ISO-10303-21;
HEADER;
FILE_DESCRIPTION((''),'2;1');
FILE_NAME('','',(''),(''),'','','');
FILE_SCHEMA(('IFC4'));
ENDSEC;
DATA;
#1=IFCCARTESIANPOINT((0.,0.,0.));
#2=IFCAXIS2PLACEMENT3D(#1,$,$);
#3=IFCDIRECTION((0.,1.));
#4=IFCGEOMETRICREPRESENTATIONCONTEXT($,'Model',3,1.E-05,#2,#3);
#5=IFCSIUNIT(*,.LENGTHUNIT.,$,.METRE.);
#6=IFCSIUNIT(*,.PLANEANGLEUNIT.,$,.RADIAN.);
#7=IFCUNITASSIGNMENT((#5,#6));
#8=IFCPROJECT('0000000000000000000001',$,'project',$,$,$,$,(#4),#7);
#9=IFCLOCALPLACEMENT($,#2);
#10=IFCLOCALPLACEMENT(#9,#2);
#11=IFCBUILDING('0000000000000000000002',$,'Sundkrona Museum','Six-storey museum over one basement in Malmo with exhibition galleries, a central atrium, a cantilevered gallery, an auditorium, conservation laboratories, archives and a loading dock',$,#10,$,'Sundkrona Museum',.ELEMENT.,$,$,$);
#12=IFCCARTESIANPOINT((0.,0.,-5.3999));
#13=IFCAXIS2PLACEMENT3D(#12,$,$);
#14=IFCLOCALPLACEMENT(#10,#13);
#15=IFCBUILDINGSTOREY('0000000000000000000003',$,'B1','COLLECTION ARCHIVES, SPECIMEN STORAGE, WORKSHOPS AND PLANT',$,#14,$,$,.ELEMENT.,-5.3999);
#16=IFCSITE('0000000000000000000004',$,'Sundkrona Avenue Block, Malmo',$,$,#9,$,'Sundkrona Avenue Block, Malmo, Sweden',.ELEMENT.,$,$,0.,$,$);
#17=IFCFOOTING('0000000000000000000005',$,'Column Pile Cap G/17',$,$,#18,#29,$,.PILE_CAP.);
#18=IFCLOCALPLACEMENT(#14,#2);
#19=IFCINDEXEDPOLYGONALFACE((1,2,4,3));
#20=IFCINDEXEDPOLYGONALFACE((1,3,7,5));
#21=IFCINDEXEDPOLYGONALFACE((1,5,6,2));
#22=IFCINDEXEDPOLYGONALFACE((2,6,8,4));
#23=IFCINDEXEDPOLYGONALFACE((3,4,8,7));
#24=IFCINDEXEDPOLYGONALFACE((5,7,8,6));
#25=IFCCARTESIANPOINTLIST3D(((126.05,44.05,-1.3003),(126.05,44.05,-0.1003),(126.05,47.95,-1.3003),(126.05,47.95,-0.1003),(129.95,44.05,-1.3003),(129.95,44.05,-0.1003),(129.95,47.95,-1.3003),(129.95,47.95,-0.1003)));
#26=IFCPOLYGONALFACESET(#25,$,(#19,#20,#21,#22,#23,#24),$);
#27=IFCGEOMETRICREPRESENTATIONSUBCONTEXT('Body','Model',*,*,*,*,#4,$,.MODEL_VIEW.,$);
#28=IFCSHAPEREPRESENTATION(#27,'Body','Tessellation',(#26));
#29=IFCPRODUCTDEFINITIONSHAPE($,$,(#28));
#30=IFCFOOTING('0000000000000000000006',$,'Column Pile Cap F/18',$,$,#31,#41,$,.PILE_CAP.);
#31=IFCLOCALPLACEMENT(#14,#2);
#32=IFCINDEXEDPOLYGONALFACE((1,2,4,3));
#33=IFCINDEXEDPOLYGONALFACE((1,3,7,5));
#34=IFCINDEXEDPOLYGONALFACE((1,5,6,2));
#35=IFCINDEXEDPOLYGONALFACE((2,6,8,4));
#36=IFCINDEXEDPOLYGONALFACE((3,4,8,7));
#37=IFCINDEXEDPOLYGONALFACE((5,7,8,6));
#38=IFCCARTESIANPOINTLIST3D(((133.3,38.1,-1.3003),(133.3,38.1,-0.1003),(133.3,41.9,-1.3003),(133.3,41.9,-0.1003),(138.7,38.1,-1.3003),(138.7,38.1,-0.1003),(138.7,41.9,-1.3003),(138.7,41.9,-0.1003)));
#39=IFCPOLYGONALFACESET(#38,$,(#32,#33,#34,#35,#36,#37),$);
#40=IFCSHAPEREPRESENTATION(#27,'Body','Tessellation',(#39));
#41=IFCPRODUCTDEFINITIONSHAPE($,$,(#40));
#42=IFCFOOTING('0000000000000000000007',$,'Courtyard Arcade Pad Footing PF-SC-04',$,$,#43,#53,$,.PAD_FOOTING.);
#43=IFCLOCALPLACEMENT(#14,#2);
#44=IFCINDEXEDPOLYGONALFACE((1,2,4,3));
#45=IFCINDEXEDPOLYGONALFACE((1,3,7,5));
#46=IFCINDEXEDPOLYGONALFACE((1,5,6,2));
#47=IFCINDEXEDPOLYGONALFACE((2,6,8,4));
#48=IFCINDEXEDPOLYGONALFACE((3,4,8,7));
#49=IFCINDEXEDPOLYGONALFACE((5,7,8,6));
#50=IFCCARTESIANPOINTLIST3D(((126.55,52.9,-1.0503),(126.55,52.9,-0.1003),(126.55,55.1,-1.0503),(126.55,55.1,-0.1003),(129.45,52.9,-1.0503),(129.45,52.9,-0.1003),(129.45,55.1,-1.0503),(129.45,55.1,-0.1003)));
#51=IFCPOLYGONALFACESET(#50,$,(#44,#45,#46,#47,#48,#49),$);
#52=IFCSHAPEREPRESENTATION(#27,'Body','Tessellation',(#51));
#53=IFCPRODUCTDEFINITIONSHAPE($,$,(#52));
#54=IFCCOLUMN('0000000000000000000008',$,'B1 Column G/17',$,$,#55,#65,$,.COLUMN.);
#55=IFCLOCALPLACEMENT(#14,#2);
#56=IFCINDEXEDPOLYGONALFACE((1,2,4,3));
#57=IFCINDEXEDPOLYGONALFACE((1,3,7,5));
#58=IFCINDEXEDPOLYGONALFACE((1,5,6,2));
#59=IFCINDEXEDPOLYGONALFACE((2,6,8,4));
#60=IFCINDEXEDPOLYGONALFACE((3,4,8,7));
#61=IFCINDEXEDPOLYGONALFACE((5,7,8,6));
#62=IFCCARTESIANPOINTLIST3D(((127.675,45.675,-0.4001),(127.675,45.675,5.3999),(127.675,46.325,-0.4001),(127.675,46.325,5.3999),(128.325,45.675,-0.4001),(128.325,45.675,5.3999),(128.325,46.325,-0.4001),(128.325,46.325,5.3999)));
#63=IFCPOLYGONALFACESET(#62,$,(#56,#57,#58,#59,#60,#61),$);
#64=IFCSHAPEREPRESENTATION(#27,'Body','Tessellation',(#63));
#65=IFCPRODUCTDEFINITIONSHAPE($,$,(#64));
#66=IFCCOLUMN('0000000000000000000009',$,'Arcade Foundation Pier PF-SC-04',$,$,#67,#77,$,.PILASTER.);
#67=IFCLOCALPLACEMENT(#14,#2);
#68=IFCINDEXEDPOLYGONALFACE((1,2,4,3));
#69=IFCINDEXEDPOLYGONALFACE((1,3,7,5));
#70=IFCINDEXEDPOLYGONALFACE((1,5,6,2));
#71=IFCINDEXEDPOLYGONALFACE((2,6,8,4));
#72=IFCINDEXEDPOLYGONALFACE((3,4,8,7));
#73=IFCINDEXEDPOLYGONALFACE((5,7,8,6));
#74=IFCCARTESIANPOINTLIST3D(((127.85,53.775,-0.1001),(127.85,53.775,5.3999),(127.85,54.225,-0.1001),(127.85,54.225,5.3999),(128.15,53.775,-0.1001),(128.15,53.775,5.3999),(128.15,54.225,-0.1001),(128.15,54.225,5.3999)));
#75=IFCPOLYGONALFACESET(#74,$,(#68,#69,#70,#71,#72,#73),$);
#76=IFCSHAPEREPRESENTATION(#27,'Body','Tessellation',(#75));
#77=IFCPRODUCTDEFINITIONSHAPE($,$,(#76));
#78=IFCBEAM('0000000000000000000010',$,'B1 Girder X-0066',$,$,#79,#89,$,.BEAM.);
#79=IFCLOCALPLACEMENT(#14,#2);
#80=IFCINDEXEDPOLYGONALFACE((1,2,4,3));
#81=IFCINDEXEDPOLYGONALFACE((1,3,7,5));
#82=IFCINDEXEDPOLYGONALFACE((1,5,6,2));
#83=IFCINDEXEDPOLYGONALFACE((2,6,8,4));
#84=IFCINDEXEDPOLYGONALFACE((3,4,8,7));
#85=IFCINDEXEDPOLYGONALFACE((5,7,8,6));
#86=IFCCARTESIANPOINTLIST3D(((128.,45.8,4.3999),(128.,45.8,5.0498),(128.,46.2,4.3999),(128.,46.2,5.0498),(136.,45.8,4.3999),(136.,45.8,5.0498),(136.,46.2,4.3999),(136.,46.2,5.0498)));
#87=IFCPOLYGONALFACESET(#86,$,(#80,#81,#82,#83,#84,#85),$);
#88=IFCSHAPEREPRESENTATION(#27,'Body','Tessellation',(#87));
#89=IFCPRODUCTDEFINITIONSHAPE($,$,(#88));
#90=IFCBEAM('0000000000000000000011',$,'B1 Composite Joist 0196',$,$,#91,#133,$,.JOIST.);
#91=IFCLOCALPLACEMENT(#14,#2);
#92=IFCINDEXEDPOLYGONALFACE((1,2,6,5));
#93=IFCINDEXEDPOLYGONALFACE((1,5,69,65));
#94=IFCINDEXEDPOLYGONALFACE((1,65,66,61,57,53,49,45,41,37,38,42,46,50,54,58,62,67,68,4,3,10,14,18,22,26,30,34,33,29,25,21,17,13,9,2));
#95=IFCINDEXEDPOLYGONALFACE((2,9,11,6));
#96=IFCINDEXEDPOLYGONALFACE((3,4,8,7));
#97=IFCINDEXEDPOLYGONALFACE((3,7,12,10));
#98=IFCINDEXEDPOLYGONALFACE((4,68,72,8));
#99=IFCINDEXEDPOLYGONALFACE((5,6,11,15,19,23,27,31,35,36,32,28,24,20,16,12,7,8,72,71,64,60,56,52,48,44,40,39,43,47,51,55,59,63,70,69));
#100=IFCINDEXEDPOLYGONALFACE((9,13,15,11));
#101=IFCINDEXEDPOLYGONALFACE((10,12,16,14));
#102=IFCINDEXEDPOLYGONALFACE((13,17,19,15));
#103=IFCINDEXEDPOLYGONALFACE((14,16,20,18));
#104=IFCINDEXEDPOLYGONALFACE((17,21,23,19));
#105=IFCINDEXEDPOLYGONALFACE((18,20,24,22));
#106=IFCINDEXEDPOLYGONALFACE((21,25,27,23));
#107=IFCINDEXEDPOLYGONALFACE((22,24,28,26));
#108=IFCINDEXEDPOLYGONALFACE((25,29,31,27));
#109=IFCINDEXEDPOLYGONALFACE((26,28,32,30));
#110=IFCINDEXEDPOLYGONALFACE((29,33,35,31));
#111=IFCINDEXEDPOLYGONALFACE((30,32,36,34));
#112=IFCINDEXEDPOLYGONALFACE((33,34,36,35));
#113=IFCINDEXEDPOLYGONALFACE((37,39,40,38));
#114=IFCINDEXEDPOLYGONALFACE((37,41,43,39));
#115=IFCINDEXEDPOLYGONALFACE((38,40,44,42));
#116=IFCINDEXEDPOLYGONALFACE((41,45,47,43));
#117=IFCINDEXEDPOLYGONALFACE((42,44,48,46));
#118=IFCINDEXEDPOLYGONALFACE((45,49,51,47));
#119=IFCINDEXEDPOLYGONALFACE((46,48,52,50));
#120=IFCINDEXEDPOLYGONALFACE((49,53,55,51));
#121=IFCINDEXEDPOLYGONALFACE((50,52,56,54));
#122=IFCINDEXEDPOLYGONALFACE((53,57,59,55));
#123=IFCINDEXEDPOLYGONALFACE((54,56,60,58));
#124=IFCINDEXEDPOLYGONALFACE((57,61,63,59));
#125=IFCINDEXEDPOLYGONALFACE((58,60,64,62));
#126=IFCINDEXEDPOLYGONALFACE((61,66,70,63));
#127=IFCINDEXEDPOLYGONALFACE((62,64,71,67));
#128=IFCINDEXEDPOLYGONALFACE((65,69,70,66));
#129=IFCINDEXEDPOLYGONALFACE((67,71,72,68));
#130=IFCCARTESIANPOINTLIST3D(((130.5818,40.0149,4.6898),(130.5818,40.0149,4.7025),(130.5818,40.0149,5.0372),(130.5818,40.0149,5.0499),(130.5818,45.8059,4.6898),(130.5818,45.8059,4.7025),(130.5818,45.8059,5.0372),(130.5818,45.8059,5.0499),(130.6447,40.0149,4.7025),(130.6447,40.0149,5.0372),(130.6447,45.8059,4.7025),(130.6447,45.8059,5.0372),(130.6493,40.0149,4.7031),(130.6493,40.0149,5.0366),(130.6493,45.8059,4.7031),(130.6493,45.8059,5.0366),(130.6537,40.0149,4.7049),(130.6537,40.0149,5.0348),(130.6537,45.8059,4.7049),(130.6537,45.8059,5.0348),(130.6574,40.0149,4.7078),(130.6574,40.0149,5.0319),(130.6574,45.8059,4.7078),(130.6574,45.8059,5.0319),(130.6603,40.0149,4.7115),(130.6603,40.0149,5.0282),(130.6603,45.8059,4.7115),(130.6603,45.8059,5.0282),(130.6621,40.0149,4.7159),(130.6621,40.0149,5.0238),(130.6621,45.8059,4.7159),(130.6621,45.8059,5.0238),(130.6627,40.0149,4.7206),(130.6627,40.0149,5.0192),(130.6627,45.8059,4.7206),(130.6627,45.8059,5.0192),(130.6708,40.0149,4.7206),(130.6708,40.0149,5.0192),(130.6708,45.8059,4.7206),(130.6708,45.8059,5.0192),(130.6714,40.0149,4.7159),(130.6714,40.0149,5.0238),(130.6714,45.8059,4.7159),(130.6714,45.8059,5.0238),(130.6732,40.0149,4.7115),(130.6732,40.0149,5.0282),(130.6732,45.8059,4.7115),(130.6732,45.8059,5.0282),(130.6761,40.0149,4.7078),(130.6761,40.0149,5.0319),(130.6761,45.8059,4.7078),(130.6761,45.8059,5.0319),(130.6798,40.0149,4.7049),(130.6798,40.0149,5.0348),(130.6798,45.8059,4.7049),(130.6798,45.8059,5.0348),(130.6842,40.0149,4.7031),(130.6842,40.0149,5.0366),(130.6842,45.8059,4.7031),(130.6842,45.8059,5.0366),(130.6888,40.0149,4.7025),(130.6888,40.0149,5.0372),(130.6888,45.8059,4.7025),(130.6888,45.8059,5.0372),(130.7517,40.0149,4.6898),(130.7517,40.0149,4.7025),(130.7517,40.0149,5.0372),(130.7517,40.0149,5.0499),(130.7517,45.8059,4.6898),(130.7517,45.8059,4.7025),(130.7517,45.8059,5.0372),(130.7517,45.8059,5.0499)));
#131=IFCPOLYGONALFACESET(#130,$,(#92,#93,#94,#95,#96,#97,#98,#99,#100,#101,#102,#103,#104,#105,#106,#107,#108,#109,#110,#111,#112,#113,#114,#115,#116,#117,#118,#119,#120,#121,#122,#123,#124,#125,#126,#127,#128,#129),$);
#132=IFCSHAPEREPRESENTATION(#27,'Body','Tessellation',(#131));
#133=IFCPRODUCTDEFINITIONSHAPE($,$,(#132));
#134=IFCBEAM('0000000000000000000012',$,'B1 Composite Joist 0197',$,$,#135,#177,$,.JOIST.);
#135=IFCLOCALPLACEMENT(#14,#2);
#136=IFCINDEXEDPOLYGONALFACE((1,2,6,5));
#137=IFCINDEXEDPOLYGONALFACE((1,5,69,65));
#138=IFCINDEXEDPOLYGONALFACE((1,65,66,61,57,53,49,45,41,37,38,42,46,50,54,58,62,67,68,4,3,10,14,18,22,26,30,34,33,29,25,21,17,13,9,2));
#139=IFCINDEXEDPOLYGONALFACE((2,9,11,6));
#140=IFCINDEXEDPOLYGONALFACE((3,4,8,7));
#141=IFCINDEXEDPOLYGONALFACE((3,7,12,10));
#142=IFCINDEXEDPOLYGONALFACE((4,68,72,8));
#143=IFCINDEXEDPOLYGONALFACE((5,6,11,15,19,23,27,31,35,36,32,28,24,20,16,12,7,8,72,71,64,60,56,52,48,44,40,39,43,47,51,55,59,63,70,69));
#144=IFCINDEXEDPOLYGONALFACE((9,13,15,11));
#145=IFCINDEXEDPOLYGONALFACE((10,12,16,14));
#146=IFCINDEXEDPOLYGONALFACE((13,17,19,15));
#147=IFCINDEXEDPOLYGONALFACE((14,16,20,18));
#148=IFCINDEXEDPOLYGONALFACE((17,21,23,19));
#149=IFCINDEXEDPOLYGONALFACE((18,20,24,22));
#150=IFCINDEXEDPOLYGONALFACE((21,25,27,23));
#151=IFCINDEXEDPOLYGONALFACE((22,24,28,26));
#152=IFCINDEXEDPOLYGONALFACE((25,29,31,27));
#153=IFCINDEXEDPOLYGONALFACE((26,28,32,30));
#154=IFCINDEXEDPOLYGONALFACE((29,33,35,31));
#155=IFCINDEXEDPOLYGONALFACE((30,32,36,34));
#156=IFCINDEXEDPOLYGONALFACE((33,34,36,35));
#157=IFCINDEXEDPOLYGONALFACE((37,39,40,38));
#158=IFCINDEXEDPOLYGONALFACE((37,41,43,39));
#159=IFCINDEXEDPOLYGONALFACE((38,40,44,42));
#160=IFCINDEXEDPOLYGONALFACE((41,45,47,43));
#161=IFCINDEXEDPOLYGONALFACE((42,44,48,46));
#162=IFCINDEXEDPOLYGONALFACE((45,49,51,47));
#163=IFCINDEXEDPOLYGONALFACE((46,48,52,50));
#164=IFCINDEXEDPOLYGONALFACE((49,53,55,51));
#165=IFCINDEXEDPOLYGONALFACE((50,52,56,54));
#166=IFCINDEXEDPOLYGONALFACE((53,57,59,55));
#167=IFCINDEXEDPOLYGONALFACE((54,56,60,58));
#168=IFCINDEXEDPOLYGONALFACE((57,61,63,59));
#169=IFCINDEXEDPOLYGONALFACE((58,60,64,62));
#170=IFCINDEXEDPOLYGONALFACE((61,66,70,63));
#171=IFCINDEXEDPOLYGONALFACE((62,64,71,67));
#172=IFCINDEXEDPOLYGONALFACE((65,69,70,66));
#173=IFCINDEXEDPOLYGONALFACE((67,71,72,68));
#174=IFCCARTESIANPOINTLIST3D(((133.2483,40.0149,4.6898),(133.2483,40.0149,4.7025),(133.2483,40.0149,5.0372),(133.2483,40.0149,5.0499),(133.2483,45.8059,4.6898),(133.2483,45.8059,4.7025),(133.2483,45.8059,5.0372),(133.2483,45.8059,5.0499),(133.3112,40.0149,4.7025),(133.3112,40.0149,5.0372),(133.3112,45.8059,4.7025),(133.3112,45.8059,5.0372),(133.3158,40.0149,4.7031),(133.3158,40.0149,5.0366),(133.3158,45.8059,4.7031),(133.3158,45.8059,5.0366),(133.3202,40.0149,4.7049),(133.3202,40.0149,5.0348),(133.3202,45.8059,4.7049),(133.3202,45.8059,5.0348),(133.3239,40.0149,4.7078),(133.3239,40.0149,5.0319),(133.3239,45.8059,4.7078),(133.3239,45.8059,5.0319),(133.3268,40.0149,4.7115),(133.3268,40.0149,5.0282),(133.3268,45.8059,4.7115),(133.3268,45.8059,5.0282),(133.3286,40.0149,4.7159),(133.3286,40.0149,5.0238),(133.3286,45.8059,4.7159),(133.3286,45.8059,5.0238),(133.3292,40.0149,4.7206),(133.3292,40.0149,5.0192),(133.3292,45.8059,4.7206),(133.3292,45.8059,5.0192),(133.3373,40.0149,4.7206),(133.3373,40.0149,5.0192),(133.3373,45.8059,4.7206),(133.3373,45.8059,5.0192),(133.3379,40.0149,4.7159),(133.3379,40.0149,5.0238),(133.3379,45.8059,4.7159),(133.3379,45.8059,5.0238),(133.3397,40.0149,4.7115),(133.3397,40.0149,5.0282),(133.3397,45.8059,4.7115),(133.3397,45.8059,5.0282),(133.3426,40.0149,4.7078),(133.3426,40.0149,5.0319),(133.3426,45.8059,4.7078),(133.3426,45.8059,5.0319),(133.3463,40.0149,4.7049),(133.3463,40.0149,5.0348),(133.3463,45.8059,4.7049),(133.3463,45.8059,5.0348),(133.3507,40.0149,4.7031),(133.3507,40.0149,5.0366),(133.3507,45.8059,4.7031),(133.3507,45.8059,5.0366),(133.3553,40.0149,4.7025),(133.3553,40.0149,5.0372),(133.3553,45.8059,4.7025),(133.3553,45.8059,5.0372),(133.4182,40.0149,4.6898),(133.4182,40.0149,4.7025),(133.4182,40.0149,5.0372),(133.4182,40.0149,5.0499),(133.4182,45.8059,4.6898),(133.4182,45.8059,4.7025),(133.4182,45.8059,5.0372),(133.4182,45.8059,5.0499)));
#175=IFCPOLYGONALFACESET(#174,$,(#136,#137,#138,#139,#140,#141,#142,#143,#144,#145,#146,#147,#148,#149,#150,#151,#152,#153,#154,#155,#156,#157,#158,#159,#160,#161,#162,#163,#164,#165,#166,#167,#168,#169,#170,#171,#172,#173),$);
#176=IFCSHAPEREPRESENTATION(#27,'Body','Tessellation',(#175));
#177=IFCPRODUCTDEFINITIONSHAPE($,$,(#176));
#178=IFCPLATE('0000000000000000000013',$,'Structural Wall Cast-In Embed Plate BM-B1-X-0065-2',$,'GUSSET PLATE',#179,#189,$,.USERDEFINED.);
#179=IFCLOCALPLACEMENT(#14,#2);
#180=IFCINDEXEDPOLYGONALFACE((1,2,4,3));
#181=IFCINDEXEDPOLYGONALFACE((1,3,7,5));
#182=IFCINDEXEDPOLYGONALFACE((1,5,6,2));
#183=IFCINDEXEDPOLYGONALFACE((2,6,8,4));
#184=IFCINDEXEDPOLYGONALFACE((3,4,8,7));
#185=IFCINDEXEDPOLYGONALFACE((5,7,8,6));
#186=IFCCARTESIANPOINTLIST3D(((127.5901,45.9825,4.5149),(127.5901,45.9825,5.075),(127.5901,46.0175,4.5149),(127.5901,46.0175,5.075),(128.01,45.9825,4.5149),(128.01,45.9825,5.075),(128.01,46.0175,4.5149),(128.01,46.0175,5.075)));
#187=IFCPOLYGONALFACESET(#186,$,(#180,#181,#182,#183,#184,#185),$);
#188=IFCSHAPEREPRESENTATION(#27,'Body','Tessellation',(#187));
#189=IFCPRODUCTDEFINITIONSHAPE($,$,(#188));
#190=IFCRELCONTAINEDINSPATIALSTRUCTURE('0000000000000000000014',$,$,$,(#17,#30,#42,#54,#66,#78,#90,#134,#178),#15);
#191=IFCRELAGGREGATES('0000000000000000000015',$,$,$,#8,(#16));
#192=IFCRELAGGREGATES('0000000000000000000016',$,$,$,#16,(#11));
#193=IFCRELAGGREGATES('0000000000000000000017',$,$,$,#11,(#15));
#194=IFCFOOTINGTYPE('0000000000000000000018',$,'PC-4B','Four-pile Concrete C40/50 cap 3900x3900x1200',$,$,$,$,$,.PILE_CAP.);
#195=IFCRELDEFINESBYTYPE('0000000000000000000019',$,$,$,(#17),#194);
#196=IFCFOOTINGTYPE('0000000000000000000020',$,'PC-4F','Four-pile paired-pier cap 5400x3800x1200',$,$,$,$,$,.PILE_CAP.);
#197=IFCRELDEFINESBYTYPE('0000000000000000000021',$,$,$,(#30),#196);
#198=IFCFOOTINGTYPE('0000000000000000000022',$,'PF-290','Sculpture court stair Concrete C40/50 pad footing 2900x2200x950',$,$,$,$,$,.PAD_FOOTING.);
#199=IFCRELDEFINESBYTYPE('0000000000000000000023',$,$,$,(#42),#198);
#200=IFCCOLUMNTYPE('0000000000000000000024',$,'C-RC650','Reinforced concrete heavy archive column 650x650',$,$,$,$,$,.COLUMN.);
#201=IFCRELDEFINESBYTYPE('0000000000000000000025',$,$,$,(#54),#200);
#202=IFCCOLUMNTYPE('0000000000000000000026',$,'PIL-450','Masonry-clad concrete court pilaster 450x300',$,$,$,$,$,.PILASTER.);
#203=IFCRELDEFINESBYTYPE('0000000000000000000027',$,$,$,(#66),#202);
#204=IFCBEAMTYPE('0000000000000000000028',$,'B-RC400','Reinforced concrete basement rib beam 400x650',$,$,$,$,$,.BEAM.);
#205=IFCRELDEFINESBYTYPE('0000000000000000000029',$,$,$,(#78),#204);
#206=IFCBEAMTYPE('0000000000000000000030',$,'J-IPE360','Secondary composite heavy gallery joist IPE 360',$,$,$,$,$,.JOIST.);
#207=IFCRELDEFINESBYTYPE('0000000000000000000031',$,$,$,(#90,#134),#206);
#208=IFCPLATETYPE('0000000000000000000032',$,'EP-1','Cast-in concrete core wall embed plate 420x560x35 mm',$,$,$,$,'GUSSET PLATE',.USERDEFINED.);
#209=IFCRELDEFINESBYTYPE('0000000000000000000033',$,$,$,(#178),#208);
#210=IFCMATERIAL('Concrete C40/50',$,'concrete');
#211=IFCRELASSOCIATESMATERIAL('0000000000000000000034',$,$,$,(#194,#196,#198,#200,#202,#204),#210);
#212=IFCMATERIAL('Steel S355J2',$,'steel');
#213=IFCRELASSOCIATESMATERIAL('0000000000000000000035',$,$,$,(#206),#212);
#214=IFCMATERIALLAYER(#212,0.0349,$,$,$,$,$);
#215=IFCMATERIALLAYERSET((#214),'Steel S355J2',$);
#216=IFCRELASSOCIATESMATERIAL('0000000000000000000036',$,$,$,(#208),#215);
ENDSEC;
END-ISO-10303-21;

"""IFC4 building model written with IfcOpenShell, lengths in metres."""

from ifc_helpers import new_model, si_unit, direction, frame, origin, origin_2d, place, context, subcontext, project, spatial, rectangle, i_section, extrude, material, layer, layer_set, material_profile, profile_set, type_object, element, save


model = new_model("IFC4")

# Units and contexts
model_context = context("Model", 3, precision=1e-05, world=origin(), true_north=direction((0.0, 1.0)))
body_context = subcontext(model_context, "Body", "Model", "MODEL_VIEW")
ifc_project = project(units=[si_unit("LENGTHUNIT", "METRE"), si_unit("PLANEANGLEUNIT", "RADIAN")], contexts=[model_context])

# Site, building, storey
site_placement = place(None, origin())
site = spatial("IfcSite", under=ifc_project, at=site_placement, Name="Sundkrona Avenue Block, Malmo", LongName="Sundkrona Avenue Block, Malmo, Sweden", CompositionType="ELEMENT", RefElevation=0.0)
building_placement = place(site_placement, origin())
building = spatial("IfcBuilding", under=site, at=building_placement, Name="Sundkrona Museum", Description="Six-storey museum over one basement in Malmo with exhibition galleries, a central atrium, a cantilevered gallery, an auditorium, conservation laboratories, archives and a loading dock", LongName="Sundkrona Museum", CompositionType="ELEMENT")
storey_placement = place(building_placement, frame((0.0, 0.0, -5.3999)))
storey = spatial("IfcBuildingStorey", under=building, at=storey_placement, Name="B1", Description="COLLECTION ARCHIVES, SPECIMEN STORAGE, WORKSHOPS AND PLANT", CompositionType="ELEMENT", Elevation=-5.3999)

# Shared definitions
ifc_material_1 = material(Name="Concrete C40/50", Category="concrete")

# Footings
footing_type_1 = type_object("IfcFootingType", Name="PC-4B", Description="Four-pile Concrete C40/50 cap 3900x3900x1200", PredefinedType="PILE_CAP", material=ifc_material_1)
footing_1_placement = place(storey_placement, frame((128.0, 46.0, -1.3003), z_axis=(0.0, 0.0, 1.0), x_axis=(1.0, 0.0, 0.0)))
element("IfcFooting", 1, at=footing_1_placement, inside=storey, type_object=footing_type_1, Name="Column Pile Cap G/17", PredefinedType="PILE_CAP", context=body_context, shape_type="SweptSolid", body=[
    extrude(rectangle(XDim=3.8999, YDim=3.8999, at=origin_2d()), origin(), (0.0, 0.0, 1.0), 1.2),
])
footing_type_2 = type_object("IfcFootingType", Name="PC-4F", Description="Four-pile paired-pier cap 5400x3800x1200", PredefinedType="PILE_CAP", material=ifc_material_1)
footing_2_placement = place(storey_placement, frame((136.0, 40.0, -1.3003), z_axis=(0.0, 0.0, 1.0), x_axis=(1.0, 0.0, 0.0)))
element("IfcFooting", 2, at=footing_2_placement, inside=storey, type_object=footing_type_2, Name="Column Pile Cap F/18", PredefinedType="PILE_CAP", context=body_context, shape_type="SweptSolid", body=[
    extrude(rectangle(XDim=5.3999, YDim=3.8, at=origin_2d()), origin(), (0.0, 0.0, 1.0), 1.2),
])
footing_type_3 = type_object("IfcFootingType", Name="PF-290", Description="Sculpture court stair Concrete C40/50 pad footing 2900x2200x950", PredefinedType="PAD_FOOTING", material=ifc_material_1)
footing_3_placement = place(storey_placement, frame((128.0, 54.0, -1.0503), z_axis=(0.0, 0.0, 1.0), x_axis=(1.0, 0.0, 0.0)))
element("IfcFooting", 3, at=footing_3_placement, inside=storey, type_object=footing_type_3, Name="Courtyard Arcade Pad Footing PF-SC-04", PredefinedType="PAD_FOOTING", context=body_context, shape_type="SweptSolid", body=[
    extrude(rectangle(XDim=2.8999, YDim=2.2, at=origin_2d()), origin(), (0.0, 0.0, 1.0), 0.95),
])

# Columns
ifc_material_profile_1 = material_profile(ifc_material_1, rectangle(XDim=0.6499, YDim=0.6499, at=origin_2d()), Name="RC 650x650")
ifc_profile_set_1 = profile_set([ifc_material_profile_1], Name="Concrete C40/50")
column_type_1 = type_object("IfcColumnType", Name="C-RC650", Description="Reinforced concrete heavy archive column 650x650", PredefinedType="COLUMN", material=ifc_profile_set_1)
column_1_placement = place(storey_placement, frame((128.0, 46.0, -0.4001), z_axis=(0.0, 0.0, 1.0), x_axis=(1.0, 0.0, 0.0)))
element("IfcColumn", 4, at=column_1_placement, inside=storey, type_object=column_type_1, Name="B1 Column G/17", PredefinedType="COLUMN", context=body_context, shape_type="SweptSolid", body=[
    extrude(rectangle(XDim=0.6499, YDim=0.6499, at=origin_2d()), origin(), (0.0, 0.0, 1.0), 5.8),
])
ifc_material_profile_2 = material_profile(ifc_material_1, rectangle(XDim=0.3, YDim=0.45, at=origin_2d()), Name="RC 450x300")
ifc_profile_set_2 = profile_set([ifc_material_profile_2], Name="Concrete C40/50")
column_type_2 = type_object("IfcColumnType", Name="PIL-450", Description="Masonry-clad concrete court pilaster 450x300", PredefinedType="PILASTER", material=ifc_profile_set_2)
column_2_placement = place(storey_placement, frame((128.0, 54.0, -0.1001), z_axis=(0.0, 0.0, 1.0), x_axis=(1.0, 0.0, 0.0)))
element("IfcColumn", 5, at=column_2_placement, inside=storey, type_object=column_type_2, Name="Arcade Foundation Pier PF-SC-04", PredefinedType="PILASTER", context=body_context, shape_type="SweptSolid", body=[
    extrude(rectangle(XDim=0.3, YDim=0.45, at=origin_2d()), origin(), (0.0, 0.0, 1.0), 5.5),
])

# Beams
ifc_material_profile_3 = material_profile(ifc_material_1, rectangle(XDim=0.3999, YDim=0.6499, at=origin_2d()), Name="RCB 400x650")
ifc_profile_set_3 = profile_set([ifc_material_profile_3], Name="Concrete C40/50")
beam_type_1 = type_object("IfcBeamType", Name="B-RC400", Description="Reinforced concrete basement rib beam 400x650", PredefinedType="BEAM", material=ifc_profile_set_3)
beam_placement = place(storey_placement, frame((128.0, 46.0, 4.7249), z_axis=(1.0, 0.0, 0.0), x_axis=(0.0, 1.0, 0.0)))
element("IfcBeam", 6, at=beam_placement, inside=storey, type_object=beam_type_1, Name="B1 Girder X-0066", PredefinedType="BEAM", context=body_context, shape_type="SweptSolid", body=[
    extrude(rectangle(XDim=0.3999, YDim=0.6499, at=origin_2d()), origin(), (0.0, 0.0, 1.0), 8.0),
])
ifc_material_2 = material(Name="Steel S355J2", Category="steel")
ifc_material_profile_4 = material_profile(ifc_material_2, i_section(OverallWidth=0.1699, OverallDepth=0.3601, WebThickness=0.0081, FlangeThickness=0.0127, FilletRadius=0.0181, at=origin_2d()), Name="IPE 360")
ifc_profile_set_4 = profile_set([ifc_material_profile_4], Name="Steel S355J2")
beam_type_2 = type_object("IfcBeamType", Name="J-IPE360", Description="Secondary composite heavy gallery joist IPE 360", PredefinedType="JOIST", material=ifc_profile_set_4)
for number, where, z_axis, x_axis, name in (
    (7, (130.6667, 40.0149, 4.8699), (0.0, 1.0, 0.0), (-1.0, 0.0, 0.0), "B1 Composite Joist 0196"),
    (8, (133.3333, 40.0149, 4.8699), (0.0, 1.0, 0.0), (-1.0, 0.0, 0.0), "B1 Composite Joist 0197"),
):
    element("IfcBeam", number, at=place(storey_placement, frame(where, z_axis=z_axis, x_axis=x_axis)), inside=storey, type_object=beam_type_2, Name=name, PredefinedType="JOIST", context=body_context, shape_type="SweptSolid", body=[
        extrude(i_section(OverallWidth=0.1699, OverallDepth=0.3601, WebThickness=0.0081, FlangeThickness=0.0127, FilletRadius=0.0181, at=origin_2d()), origin(), (0.0, 0.0, 1.0), 5.791),
    ])

# Plate
ifc_layer = layer(ifc_material_2, 0.0349)
ifc_layer_set = layer_set([ifc_layer], Name="Steel S355J2")
plate_type = type_object("IfcPlateType", Name="EP-1", Description="Cast-in concrete core wall embed plate 420x560x35 mm", ElementType="GUSSET PLATE", PredefinedType="USERDEFINED", material=ifc_layer_set)
for number, where, z_axis, x_axis, name in (
    (9, (127.8, 46.0, 4.5149), (0.0, 0.0, 1.0), (1.0, 0.0, 0.0), "Structural Wall Cast-In Embed Plate BM-B1-X-0065-2"),
):
    element("IfcPlate", number, at=place(storey_placement, frame(where, z_axis=z_axis, x_axis=x_axis)), inside=storey, type_object=plate_type, Name=name, ObjectType="GUSSET PLATE", PredefinedType="USERDEFINED", context=body_context, shape_type="SweptSolid", body=[
        extrude(rectangle(XDim=0.4199, YDim=0.0349, at=origin_2d()), origin(), (0.0, 0.0, 1.0), 0.5601),
    ])

save(model, "model.ifc")
